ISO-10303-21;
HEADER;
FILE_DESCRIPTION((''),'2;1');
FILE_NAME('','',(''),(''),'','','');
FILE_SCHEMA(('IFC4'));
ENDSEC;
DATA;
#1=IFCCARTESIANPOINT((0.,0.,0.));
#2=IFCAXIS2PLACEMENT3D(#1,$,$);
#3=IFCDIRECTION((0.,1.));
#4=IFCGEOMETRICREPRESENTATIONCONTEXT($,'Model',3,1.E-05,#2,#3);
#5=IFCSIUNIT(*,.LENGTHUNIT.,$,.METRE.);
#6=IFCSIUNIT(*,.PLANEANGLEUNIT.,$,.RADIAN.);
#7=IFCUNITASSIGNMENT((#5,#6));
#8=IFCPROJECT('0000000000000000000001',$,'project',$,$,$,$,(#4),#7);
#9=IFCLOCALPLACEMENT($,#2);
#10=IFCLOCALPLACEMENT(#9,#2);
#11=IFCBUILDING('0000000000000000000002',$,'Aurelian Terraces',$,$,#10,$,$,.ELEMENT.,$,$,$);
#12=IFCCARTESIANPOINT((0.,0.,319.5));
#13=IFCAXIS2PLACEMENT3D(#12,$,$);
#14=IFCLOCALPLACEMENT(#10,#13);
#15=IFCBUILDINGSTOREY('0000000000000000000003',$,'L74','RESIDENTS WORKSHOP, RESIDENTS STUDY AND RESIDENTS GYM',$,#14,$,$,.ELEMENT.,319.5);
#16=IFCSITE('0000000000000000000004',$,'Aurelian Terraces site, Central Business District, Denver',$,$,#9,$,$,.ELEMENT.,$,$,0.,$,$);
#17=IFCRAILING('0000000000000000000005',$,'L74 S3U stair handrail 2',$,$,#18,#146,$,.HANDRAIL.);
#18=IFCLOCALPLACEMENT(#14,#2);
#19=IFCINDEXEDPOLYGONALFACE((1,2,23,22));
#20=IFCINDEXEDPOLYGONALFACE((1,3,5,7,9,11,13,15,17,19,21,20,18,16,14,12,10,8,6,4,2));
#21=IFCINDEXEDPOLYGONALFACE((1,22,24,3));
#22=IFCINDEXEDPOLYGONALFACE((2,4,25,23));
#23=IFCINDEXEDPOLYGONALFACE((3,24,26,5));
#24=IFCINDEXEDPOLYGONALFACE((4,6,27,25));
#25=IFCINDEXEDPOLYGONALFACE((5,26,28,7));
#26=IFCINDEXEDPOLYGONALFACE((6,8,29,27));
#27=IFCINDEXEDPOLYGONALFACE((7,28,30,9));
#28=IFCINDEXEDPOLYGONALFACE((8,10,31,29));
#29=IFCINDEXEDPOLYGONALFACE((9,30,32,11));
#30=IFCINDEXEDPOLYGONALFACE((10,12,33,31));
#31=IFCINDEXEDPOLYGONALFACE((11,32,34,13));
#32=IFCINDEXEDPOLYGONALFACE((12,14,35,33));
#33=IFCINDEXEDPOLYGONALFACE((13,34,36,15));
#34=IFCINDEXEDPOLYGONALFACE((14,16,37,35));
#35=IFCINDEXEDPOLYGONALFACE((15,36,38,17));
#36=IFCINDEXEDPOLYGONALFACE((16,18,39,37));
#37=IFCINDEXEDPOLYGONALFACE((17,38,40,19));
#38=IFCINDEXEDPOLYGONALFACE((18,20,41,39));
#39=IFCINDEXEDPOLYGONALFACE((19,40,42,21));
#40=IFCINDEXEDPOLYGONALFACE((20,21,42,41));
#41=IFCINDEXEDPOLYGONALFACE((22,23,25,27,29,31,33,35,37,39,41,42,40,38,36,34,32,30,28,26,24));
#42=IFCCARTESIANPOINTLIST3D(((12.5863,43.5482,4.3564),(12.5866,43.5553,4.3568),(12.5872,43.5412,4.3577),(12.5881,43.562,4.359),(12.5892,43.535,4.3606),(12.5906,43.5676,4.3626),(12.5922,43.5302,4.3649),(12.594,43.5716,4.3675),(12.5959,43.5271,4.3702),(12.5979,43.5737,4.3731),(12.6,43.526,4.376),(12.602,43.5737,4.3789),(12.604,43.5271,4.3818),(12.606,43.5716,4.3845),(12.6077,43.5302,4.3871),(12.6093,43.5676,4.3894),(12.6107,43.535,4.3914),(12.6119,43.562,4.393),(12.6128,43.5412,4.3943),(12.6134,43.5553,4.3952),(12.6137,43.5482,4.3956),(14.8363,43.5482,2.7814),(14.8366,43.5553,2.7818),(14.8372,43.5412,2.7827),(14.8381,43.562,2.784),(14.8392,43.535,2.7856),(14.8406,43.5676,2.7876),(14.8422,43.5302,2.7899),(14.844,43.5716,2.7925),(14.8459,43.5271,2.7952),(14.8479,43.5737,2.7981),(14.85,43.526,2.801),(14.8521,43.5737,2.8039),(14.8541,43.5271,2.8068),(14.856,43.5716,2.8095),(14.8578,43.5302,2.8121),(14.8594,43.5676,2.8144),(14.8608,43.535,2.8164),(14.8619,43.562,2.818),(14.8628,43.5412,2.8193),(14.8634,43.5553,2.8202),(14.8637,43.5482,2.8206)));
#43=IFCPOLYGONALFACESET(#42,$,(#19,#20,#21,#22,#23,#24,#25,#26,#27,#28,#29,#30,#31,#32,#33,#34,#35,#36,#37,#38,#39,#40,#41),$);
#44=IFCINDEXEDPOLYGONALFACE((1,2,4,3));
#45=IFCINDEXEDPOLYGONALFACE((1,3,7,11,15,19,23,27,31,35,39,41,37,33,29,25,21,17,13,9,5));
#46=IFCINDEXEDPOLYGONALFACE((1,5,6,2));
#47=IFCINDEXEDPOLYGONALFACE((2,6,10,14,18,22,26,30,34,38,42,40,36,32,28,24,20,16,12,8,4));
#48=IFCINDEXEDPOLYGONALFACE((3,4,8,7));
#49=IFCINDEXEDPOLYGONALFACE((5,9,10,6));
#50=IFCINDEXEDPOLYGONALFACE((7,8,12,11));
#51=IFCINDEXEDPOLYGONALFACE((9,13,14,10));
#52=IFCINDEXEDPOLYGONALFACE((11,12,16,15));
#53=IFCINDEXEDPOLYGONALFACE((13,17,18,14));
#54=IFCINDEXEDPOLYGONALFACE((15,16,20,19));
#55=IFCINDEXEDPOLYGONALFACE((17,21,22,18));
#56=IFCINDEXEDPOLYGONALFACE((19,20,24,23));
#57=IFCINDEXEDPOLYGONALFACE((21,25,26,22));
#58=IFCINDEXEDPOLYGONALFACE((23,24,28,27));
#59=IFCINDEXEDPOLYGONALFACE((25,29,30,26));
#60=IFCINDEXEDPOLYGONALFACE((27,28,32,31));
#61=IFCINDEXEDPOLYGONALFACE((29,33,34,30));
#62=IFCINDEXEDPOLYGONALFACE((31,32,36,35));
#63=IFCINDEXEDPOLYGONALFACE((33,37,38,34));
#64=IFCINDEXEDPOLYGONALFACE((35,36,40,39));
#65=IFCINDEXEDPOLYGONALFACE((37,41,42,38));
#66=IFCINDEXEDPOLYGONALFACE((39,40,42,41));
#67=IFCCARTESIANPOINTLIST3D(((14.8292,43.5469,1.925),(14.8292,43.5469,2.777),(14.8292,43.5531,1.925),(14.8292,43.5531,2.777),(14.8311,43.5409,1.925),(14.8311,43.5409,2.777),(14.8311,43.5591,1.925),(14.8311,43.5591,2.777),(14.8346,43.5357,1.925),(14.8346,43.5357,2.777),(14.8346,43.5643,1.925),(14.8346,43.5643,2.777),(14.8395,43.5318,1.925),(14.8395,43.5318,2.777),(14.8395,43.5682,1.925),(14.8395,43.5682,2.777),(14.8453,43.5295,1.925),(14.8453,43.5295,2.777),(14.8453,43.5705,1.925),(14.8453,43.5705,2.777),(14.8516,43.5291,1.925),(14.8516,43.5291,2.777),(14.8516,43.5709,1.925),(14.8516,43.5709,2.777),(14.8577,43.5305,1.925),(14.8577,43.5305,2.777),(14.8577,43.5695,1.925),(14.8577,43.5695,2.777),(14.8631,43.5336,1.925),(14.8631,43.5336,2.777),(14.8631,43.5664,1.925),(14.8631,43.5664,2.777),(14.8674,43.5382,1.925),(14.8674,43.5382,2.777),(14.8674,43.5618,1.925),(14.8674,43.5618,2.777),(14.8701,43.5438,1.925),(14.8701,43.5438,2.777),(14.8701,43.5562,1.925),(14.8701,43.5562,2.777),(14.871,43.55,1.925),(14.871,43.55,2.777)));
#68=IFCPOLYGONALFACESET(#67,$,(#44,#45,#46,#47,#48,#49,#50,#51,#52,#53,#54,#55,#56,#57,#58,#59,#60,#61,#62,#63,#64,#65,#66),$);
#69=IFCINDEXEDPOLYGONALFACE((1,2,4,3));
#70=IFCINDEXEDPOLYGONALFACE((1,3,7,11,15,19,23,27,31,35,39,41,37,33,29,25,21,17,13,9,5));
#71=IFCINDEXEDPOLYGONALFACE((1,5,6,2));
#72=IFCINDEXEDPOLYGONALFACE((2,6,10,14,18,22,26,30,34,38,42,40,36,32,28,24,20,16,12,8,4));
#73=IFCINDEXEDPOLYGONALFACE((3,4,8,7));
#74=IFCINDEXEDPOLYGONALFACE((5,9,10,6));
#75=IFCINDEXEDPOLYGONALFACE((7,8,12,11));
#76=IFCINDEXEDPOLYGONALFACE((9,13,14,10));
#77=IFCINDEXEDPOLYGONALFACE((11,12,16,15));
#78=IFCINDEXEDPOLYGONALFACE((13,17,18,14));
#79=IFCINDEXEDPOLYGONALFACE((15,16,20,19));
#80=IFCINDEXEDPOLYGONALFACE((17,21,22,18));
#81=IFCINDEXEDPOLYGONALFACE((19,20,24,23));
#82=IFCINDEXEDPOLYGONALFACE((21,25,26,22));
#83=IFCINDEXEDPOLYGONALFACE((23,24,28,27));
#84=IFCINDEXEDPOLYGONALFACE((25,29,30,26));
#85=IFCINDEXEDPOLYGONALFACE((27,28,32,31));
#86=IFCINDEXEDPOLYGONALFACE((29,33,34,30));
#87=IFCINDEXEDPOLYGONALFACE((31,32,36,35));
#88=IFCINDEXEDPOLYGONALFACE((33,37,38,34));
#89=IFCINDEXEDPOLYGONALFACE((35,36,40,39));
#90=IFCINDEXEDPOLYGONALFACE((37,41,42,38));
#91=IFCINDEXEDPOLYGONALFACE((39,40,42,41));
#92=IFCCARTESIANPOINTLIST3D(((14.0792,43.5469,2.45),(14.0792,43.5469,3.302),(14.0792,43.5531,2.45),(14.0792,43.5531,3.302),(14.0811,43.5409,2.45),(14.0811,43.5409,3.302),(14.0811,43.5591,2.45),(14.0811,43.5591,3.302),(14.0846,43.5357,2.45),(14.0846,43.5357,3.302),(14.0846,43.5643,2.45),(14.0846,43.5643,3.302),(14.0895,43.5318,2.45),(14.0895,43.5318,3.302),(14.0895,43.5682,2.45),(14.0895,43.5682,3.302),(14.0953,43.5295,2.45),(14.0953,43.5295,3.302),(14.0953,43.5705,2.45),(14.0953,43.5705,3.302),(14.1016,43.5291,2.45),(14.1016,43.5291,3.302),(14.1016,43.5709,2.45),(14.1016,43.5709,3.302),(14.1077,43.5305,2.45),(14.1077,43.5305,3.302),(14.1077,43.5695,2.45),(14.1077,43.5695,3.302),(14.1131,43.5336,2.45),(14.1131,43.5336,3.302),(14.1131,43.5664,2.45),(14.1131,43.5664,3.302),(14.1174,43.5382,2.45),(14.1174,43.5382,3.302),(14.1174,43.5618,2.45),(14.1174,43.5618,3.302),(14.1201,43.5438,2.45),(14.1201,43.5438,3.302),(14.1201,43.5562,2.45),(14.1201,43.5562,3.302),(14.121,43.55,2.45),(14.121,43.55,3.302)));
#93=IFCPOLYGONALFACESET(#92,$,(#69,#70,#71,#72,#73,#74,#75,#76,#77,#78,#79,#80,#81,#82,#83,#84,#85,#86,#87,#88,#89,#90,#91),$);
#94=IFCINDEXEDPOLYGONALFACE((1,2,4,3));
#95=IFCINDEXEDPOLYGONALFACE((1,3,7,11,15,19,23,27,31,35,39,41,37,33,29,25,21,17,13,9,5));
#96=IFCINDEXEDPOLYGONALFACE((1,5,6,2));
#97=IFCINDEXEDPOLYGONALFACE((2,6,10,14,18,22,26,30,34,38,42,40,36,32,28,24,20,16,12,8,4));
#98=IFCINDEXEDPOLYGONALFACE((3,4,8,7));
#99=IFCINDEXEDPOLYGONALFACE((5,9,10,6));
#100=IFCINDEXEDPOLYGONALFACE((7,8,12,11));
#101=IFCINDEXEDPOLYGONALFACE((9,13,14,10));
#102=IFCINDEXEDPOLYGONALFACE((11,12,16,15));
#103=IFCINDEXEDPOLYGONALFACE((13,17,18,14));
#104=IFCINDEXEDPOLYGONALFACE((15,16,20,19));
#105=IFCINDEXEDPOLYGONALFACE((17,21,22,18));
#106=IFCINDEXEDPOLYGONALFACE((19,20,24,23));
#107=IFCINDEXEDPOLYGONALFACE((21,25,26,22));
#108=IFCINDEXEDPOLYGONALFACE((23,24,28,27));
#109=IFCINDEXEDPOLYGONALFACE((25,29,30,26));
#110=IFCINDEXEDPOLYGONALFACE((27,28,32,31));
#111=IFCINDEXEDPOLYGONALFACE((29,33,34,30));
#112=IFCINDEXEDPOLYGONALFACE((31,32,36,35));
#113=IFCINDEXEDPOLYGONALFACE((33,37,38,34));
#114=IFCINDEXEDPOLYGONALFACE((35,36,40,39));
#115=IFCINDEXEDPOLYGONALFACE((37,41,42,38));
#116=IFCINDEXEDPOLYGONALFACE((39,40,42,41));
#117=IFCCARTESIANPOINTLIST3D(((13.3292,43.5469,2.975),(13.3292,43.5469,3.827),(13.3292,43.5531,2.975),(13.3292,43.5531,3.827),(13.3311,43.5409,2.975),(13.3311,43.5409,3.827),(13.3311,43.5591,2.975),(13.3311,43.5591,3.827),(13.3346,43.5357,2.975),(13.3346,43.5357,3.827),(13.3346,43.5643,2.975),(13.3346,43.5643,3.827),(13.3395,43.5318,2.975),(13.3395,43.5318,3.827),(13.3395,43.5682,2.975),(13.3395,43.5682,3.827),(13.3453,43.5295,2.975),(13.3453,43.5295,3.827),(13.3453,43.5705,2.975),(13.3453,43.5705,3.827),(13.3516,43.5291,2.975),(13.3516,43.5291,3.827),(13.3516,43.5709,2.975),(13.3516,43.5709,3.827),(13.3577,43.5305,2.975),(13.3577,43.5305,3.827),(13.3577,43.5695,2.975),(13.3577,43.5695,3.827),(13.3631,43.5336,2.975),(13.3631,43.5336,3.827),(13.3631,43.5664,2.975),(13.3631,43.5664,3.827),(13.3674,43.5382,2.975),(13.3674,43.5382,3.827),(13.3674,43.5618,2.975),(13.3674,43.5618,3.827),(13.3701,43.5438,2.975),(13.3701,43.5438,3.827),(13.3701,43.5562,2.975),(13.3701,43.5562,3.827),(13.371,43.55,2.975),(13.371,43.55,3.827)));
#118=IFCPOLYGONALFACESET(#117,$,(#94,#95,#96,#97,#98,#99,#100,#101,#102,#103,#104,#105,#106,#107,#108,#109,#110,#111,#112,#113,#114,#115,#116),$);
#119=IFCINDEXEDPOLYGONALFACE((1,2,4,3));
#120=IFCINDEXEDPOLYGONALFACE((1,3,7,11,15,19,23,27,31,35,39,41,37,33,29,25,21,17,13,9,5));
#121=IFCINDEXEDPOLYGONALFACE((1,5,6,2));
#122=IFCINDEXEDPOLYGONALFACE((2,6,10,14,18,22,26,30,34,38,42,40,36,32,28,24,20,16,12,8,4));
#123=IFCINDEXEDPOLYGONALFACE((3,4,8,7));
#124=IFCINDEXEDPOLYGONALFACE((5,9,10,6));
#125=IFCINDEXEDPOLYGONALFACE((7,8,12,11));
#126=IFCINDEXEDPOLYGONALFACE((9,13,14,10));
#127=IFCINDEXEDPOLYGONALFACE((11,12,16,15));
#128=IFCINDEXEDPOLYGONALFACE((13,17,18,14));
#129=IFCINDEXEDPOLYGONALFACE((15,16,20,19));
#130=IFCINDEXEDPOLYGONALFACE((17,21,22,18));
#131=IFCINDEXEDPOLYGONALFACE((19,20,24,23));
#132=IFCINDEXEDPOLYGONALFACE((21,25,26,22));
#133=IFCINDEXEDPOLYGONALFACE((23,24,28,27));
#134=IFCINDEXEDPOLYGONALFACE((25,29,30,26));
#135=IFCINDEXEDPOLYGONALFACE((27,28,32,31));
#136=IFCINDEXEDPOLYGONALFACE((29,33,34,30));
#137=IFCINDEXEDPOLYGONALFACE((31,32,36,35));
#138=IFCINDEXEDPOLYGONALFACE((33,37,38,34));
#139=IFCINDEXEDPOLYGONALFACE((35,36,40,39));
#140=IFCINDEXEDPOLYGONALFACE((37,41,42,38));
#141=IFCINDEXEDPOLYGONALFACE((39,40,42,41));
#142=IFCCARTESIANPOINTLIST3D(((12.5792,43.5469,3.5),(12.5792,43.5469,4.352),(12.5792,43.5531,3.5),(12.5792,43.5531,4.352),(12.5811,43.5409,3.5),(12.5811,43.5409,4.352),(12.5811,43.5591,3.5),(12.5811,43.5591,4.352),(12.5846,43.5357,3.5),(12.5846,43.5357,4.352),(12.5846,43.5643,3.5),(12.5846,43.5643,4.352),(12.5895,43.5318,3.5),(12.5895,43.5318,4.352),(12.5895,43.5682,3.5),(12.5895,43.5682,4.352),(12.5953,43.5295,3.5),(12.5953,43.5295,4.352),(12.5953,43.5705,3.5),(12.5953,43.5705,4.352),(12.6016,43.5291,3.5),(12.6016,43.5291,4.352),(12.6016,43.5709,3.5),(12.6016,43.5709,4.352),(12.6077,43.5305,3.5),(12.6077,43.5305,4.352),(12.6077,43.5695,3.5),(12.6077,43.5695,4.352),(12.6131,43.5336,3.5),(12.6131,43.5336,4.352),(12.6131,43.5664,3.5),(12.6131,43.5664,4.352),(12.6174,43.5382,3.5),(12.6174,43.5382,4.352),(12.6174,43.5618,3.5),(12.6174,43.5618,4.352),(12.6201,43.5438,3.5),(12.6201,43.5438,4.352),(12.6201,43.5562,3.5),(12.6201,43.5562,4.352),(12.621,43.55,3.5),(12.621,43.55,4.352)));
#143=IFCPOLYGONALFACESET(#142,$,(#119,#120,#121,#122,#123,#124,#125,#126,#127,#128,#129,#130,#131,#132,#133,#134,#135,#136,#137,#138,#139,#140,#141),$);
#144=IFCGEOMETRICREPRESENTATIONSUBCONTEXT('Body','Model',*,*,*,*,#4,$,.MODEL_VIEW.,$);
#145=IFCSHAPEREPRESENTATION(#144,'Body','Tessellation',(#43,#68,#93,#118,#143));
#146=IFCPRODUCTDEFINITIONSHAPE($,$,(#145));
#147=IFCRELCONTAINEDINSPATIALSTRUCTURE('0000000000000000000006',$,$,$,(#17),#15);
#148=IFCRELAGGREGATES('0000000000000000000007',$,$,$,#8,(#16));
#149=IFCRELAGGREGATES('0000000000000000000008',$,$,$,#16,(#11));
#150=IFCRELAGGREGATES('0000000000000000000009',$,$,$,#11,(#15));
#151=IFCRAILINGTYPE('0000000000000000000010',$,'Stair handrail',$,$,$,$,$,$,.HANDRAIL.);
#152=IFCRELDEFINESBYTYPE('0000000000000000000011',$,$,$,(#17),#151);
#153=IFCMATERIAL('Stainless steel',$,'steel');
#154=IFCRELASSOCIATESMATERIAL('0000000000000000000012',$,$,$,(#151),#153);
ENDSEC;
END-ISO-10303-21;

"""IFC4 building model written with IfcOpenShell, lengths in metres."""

from ifc_helpers import new_model, si_unit, direction, frame, origin, origin_2d, place, context, subcontext, project, spatial, circle, extrude, source, transform, mapped, material, type_object, element, save


model = new_model("IFC4")

# Units and contexts
model_context = context("Model", 3, precision=1e-05, world=origin(), true_north=direction((0.0, 1.0)))
body_context = subcontext(model_context, "Body", "Model", "MODEL_VIEW")
ifc_project = project(units=[si_unit("LENGTHUNIT", "METRE"), si_unit("PLANEANGLEUNIT", "RADIAN")], contexts=[model_context])

# Site, building, storey
site_placement = place(None, origin())
site = spatial("IfcSite", under=ifc_project, at=site_placement, Name="Aurelian Terraces site, Central Business District, Denver", CompositionType="ELEMENT", RefElevation=0.0)
building_placement = place(site_placement, origin())
building = spatial("IfcBuilding", under=site, at=building_placement, Name="Aurelian Terraces", CompositionType="ELEMENT")
storey_placement = place(building_placement, frame((0.0, 0.0, 319.5)))
storey = spatial("IfcBuildingStorey", under=building, at=storey_placement, Name="L74", Description="RESIDENTS WORKSHOP, RESIDENTS STUDY AND RESIDENTS GYM", CompositionType="ELEMENT", Elevation=319.5)

# Railing
ifc_material_1 = material(Name="Stainless steel", Category="steel")
railing_type_1 = type_object("IfcRailingType", Name="Stair handrail", PredefinedType="HANDRAIL", material=ifc_material_1)
shared_shape_1 = source(origin(), body_context, "Body", "SweptSolid", [
    extrude(circle(Radius=0.024, at=origin_2d()), frame((0.0, 0.0, 0.876), z_axis=(-0.819232, 0.0, 0.573462), x_axis=(0.0, -1.0, 0.0)), (0.0, 0.0, 1.0), 2.7465),
    extrude(circle(Radius=0.021, at=origin_2d()), origin(), (0.0, 0.0, 1.0), 0.852),
    extrude(circle(Radius=0.021, at=origin_2d()), frame((-0.75, 0.0, 0.525)), (0.0, 0.0, 1.0), 0.852),
    extrude(circle(Radius=0.021, at=origin_2d()), frame((-1.5, 0.0, 1.05)), (0.0, 0.0, 1.0), 0.852),
    extrude(circle(Radius=0.021, at=origin_2d()), frame((-2.25, 0.0, 1.575)), (0.0, 0.0, 1.0), 0.852),
])
railing_1_placement = place(storey_placement, frame((14.85, 43.55, 1.925)))
element("IfcRailing", 1, at=railing_1_placement, inside=storey, type_object=railing_type_1, Name="L74 S3U stair handrail 2", PredefinedType="HANDRAIL", context=body_context, shape_type="MappedRepresentation", body=[
    mapped(shared_shape_1, transform((0.0, 0.0, 0.0), scale=1.0)),
])

save(model, "model.ifc")
